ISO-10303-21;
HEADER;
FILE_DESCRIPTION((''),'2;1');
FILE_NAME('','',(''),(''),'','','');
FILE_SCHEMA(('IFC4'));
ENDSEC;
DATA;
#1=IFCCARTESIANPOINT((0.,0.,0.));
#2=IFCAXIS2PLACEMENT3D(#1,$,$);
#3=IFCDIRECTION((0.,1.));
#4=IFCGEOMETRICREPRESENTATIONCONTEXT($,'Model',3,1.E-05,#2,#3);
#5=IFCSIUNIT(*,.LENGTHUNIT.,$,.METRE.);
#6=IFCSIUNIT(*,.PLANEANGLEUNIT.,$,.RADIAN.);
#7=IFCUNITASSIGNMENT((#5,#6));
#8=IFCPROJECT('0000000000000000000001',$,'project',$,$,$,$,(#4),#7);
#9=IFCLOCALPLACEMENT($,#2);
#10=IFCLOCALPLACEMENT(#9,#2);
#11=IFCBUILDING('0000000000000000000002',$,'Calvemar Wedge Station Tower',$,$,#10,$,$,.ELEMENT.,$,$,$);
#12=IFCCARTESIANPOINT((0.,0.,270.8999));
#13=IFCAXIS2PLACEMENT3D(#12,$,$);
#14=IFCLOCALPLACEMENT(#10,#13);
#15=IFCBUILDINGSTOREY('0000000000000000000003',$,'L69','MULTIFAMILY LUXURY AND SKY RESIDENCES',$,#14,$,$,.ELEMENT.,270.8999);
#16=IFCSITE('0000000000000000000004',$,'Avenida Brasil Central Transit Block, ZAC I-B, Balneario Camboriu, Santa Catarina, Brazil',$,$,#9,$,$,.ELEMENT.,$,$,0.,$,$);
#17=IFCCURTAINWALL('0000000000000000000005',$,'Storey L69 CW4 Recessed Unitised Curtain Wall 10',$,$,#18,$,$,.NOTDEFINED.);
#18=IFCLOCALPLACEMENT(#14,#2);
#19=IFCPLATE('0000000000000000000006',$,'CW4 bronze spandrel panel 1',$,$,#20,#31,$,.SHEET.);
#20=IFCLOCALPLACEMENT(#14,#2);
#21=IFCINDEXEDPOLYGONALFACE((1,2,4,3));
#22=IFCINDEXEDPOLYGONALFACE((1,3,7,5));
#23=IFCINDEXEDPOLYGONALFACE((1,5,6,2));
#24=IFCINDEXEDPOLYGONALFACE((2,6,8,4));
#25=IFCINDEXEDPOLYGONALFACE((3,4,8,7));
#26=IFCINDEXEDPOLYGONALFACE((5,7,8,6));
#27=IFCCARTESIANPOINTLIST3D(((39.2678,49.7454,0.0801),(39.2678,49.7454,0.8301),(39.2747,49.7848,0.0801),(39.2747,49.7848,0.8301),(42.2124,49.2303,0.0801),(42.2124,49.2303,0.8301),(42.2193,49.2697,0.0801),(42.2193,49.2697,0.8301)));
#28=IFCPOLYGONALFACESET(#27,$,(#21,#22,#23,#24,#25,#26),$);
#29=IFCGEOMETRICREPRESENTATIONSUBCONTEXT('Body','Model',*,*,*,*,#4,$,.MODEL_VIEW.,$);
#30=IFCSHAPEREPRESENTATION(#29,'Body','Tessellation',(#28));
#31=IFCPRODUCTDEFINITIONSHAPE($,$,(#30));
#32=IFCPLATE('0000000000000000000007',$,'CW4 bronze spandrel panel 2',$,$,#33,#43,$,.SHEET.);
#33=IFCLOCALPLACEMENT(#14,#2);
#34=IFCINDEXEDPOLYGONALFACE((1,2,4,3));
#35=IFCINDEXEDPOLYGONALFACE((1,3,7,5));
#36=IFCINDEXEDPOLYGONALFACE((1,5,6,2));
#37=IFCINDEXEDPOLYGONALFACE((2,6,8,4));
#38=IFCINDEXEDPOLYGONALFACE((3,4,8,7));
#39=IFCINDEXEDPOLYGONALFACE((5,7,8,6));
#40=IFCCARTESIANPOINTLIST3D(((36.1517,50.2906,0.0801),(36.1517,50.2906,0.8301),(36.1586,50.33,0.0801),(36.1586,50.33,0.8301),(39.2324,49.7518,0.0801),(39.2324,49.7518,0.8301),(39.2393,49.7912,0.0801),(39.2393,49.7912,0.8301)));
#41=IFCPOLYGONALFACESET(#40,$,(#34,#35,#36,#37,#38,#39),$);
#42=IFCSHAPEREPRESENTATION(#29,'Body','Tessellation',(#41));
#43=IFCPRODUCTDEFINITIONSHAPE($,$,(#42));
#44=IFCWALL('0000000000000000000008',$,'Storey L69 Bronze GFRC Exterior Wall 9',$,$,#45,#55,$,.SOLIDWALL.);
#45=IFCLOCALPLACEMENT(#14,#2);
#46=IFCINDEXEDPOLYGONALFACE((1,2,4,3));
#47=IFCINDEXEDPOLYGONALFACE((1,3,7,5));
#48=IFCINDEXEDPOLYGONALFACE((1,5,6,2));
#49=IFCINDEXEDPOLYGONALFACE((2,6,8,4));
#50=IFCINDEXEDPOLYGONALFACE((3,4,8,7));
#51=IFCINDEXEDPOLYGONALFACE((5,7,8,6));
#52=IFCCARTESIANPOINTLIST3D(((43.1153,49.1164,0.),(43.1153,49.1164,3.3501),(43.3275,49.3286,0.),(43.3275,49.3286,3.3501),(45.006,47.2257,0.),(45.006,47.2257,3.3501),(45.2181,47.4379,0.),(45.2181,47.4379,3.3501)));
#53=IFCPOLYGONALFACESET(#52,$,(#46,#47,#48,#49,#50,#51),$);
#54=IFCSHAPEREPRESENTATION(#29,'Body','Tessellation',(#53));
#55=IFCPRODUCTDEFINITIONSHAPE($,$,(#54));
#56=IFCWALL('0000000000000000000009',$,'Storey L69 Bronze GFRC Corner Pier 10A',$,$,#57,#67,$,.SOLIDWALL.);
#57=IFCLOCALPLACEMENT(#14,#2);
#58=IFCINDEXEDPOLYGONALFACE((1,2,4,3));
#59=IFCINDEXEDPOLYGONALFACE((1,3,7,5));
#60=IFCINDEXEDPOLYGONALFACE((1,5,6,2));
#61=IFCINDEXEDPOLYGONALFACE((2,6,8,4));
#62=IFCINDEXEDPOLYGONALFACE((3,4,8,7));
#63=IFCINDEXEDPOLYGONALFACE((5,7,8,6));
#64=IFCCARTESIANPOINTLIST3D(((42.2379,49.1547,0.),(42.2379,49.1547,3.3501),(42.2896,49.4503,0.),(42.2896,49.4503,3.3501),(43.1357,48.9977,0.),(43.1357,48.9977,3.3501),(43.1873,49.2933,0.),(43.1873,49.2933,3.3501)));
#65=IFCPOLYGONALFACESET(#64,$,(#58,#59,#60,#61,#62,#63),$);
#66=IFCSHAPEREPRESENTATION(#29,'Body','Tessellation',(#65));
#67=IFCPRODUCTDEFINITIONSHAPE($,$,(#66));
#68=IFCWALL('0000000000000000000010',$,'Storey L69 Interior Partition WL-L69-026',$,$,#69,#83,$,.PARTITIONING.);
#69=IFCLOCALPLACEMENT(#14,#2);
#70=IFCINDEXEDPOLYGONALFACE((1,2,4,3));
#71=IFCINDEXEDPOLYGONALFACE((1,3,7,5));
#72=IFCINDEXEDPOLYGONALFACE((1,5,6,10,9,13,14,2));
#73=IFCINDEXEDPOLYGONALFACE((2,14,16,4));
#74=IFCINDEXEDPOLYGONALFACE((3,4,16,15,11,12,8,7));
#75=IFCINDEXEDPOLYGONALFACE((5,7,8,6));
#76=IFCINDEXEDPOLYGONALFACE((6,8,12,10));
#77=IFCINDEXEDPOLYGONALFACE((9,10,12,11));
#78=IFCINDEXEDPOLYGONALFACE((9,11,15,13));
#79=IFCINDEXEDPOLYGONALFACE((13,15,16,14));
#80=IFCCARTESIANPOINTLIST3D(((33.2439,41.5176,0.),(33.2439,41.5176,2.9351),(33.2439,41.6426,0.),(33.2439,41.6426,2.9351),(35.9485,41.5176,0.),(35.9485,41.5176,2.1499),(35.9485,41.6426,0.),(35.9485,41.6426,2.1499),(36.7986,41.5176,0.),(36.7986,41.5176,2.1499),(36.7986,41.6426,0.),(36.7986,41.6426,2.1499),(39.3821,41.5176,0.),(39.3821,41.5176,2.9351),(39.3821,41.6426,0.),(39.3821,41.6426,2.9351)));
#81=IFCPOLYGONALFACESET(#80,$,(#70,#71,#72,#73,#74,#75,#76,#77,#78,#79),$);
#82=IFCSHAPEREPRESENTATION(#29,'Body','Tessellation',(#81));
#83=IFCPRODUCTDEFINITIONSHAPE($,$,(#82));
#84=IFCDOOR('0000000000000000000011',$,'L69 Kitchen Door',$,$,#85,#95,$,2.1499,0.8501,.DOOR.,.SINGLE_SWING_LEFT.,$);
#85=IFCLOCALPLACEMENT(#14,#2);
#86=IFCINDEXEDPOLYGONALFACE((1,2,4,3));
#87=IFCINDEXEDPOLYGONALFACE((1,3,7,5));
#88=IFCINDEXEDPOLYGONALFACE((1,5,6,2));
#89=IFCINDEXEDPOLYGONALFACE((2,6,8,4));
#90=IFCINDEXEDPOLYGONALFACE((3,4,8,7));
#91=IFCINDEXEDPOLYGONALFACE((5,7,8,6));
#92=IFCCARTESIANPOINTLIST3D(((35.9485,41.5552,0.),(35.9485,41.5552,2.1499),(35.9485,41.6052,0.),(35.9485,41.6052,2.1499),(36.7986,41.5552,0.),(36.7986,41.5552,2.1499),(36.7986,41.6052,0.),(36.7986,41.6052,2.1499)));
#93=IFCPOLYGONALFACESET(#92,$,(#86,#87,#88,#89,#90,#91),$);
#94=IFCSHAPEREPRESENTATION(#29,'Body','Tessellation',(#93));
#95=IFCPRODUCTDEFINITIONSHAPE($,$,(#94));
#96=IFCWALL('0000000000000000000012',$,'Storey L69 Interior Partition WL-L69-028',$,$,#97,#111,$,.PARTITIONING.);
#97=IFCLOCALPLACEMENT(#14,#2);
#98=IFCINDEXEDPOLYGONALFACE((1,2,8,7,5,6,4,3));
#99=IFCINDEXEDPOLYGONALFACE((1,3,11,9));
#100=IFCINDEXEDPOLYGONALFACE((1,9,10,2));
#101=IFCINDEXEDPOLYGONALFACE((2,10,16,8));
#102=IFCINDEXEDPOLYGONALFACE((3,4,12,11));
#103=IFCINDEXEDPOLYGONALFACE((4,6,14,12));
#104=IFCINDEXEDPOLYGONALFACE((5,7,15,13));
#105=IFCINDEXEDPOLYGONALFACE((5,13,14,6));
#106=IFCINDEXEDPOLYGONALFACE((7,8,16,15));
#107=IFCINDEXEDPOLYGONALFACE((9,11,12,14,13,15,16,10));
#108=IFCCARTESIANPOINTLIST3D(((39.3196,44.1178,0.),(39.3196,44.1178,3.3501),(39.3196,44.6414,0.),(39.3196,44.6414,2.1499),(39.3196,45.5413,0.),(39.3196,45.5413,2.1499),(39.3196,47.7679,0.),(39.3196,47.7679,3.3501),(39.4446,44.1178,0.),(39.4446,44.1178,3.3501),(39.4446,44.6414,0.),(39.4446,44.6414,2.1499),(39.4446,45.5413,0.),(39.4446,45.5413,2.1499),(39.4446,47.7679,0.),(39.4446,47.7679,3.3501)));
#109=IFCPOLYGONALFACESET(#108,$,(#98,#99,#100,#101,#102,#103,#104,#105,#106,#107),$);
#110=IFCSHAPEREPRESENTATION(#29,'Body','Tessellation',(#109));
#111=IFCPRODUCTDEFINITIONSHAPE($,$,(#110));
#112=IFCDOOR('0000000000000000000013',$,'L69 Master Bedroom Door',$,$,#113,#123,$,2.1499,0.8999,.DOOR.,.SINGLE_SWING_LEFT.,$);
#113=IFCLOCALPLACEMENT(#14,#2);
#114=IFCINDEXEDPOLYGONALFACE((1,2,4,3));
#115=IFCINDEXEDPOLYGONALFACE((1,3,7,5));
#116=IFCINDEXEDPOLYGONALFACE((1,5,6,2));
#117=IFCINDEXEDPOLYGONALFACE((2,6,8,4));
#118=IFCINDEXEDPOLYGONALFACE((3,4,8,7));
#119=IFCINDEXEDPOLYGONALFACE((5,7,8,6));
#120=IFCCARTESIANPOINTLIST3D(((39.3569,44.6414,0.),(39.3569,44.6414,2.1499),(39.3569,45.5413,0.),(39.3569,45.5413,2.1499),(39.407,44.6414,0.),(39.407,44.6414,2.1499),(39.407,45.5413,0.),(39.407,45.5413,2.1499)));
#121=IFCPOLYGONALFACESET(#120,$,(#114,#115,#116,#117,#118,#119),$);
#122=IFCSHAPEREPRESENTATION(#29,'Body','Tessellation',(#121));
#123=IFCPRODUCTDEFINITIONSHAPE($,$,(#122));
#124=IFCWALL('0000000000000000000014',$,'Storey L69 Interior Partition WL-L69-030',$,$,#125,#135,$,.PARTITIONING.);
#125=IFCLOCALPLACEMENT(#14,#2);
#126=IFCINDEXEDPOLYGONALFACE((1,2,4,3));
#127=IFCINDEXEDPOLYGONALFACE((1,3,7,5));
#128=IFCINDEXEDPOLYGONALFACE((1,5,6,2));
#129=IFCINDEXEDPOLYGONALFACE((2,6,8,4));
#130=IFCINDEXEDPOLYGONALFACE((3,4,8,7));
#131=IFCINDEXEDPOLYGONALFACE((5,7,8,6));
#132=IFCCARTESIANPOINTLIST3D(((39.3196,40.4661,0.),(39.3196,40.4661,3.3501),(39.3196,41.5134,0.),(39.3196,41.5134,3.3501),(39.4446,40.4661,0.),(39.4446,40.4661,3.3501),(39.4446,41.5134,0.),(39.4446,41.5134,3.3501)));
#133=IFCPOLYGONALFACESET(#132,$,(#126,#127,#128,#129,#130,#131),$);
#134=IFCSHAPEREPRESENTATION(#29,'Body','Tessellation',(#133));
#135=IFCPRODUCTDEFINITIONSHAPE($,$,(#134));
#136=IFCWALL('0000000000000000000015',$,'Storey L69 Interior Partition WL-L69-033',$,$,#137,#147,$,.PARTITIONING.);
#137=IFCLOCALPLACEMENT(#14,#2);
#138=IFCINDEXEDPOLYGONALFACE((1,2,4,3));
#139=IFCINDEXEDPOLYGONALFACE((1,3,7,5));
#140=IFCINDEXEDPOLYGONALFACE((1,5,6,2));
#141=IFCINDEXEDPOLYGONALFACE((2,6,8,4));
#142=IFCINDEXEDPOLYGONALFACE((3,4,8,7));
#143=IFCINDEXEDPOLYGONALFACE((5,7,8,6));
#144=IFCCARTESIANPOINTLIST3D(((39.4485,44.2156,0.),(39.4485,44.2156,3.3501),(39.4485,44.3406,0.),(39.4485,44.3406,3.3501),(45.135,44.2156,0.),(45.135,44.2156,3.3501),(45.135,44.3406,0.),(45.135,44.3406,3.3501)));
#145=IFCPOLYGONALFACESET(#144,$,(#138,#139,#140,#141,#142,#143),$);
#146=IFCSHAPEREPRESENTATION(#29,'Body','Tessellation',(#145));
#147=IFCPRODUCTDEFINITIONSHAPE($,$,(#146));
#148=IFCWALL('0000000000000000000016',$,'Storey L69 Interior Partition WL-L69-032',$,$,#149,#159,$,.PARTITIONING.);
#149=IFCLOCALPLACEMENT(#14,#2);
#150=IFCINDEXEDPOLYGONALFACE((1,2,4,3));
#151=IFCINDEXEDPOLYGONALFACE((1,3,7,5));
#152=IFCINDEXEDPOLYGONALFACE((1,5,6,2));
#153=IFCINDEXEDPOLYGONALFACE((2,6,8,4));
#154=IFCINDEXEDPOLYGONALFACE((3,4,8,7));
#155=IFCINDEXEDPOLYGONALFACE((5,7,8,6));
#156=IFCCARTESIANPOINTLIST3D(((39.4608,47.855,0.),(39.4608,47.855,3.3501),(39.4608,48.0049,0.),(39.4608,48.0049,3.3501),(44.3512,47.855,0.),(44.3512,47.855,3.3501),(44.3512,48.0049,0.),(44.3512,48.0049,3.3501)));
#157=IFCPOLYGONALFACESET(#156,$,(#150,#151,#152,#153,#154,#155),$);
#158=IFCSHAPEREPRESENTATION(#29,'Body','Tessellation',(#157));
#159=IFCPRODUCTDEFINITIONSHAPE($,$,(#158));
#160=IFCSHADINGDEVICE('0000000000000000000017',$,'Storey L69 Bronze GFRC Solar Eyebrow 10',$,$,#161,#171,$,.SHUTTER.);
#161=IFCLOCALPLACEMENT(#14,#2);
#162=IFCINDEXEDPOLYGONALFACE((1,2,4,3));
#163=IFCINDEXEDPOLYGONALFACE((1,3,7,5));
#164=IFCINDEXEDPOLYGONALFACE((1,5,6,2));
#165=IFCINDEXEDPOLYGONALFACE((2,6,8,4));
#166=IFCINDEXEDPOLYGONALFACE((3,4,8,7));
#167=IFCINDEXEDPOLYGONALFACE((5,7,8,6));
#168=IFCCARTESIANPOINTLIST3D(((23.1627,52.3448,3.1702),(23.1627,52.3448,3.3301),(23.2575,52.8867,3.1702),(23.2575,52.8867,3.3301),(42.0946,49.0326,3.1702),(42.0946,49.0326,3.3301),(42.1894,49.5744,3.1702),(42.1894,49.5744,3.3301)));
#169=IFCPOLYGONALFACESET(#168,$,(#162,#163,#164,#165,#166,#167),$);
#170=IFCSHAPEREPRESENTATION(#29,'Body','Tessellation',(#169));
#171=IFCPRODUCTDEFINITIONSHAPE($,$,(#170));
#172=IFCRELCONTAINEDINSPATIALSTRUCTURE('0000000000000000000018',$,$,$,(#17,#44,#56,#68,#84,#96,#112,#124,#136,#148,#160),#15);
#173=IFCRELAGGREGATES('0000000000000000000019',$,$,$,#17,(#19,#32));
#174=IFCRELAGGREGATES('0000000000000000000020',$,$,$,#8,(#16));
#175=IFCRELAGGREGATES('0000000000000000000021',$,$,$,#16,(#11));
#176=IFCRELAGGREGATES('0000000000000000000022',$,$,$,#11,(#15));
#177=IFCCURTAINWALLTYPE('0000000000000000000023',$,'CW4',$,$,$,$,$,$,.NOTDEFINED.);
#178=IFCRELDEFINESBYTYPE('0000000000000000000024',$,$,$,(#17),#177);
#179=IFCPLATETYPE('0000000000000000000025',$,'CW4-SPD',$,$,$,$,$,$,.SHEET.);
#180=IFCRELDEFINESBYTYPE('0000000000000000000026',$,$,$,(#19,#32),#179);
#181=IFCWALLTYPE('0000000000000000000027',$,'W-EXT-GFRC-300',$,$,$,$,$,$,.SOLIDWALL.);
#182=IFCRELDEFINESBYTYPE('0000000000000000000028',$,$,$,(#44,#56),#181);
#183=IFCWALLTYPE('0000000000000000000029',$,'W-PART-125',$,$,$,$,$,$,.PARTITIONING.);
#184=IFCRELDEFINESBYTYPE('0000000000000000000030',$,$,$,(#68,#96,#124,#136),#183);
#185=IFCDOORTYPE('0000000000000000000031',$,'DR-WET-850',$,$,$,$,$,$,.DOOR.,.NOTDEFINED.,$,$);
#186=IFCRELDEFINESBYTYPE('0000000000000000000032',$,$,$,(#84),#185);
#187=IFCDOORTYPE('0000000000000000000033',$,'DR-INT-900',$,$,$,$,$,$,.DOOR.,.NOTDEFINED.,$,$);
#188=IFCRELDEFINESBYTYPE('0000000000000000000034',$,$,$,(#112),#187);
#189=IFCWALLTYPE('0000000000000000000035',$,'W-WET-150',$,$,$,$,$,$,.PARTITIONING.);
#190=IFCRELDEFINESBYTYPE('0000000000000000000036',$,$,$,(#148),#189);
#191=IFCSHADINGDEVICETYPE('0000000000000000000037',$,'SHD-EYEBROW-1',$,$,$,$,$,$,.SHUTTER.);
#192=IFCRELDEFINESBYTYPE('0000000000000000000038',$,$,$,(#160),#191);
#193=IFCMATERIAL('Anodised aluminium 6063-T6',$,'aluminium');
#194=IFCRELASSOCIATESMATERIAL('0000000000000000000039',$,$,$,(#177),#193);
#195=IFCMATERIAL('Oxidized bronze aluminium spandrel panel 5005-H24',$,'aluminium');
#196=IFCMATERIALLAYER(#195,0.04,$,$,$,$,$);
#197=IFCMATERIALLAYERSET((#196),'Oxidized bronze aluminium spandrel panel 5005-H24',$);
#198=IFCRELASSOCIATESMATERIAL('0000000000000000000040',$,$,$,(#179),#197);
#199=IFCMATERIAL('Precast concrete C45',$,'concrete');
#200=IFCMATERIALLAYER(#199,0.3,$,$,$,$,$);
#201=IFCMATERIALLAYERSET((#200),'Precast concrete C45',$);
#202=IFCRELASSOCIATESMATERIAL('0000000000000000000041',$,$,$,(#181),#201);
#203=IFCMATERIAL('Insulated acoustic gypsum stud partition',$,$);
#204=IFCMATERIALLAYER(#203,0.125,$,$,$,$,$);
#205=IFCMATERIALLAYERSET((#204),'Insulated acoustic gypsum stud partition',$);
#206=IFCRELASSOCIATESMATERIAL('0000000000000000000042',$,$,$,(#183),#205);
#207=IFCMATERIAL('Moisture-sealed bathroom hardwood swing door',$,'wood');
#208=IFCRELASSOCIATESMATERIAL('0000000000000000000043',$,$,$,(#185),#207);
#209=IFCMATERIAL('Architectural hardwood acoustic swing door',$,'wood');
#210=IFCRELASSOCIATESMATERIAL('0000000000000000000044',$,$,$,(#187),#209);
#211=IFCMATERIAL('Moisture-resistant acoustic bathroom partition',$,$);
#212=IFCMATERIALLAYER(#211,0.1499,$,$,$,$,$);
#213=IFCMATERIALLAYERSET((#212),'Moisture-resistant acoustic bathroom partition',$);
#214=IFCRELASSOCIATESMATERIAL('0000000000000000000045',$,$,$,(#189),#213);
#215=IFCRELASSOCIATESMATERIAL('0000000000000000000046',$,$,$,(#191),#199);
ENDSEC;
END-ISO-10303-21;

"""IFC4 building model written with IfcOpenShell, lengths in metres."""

from ifc_helpers import new_model, si_unit, direction, frame, frame_2d, origin, place, context, subcontext, project, spatial, rectangle, extrude, source, transform, mapped, material, layer, layer_set, type_object, element, fill, aggregate, save


model = new_model("IFC4")

# Units and contexts
model_context = context("Model", 3, precision=1e-05, world=origin(), true_north=direction((0.0, 1.0)))
body_context = subcontext(model_context, "Body", "Model", "MODEL_VIEW")
ifc_project = project(units=[si_unit("LENGTHUNIT", "METRE"), si_unit("PLANEANGLEUNIT", "RADIAN")], contexts=[model_context])

# Site, building, storey
site_placement = place(None, origin())
site = spatial("IfcSite", under=ifc_project, at=site_placement, Name="Avenida Brasil Central Transit Block, ZAC I-B, Balneario Camboriu, Santa Catarina, Brazil", CompositionType="ELEMENT", RefElevation=0.0)
building_placement = place(site_placement, origin())
building = spatial("IfcBuilding", under=site, at=building_placement, Name="Calvemar Wedge Station Tower", CompositionType="ELEMENT")
storey_placement = place(building_placement, frame((0.0, 0.0, 270.8999)))
storey = spatial("IfcBuildingStorey", under=building, at=storey_placement, Name="L69", Description="MULTIFAMILY LUXURY AND SKY RESIDENCES", CompositionType="ELEMENT", Elevation=270.8999)

# Curtain wall, plates
ifc_material_1 = material(Name="Anodised aluminium 6063-T6", Category="aluminium")
curtain_wall_type = type_object("IfcCurtainWallType", Name="CW4", PredefinedType="NOTDEFINED", material=ifc_material_1)
curtain_wall_placement = place(storey_placement, origin())
curtain_wall = element("IfcCurtainWall", 1, at=curtain_wall_placement, inside=storey, type_object=curtain_wall_type, Name="Storey L69 CW4 Recessed Unitised Curtain Wall 10", PredefinedType="NOTDEFINED")
ifc_material_2 = material(Name="Oxidized bronze aluminium spandrel panel 5005-H24", Category="aluminium")
ifc_layer_1 = layer(ifc_material_2, 0.04)
ifc_layer_set_1 = layer_set([ifc_layer_1], Name="Oxidized bronze aluminium spandrel panel 5005-H24")
plate_type_1 = type_object("IfcPlateType", Name="CW4-SPD", PredefinedType="SHEET", material=ifc_layer_set_1)
plate_1_placement = place(storey_placement, frame((42.2158, 49.25, 0.0801), z_axis=(0.0, 0.0, 1.0), x_axis=(-0.98504, 0.172327, 0.0)))
plate_1 = element("IfcPlate", 2, at=plate_1_placement, type_object=plate_type_1, Name="CW4 bronze spandrel panel 1", PredefinedType="SHEET", context=body_context, shape_type="SweptSolid", body=[
    extrude(rectangle(XDim=2.9893, YDim=0.04, at=frame_2d((1.4946, 0.0))), origin(), (0.0, 0.0, 1.0), 0.75),
])
plate_2_placement = place(storey_placement, frame((39.2358, 49.7715, 0.0801), z_axis=(0.0, 0.0, 1.0), x_axis=(-0.985046, 0.172293, 0.0)))
plate_2 = element("IfcPlate", 3, at=plate_2_placement, type_object=plate_type_1, Name="CW4 bronze spandrel panel 2", PredefinedType="SHEET", context=body_context, shape_type="SweptSolid", body=[
    extrude(rectangle(XDim=3.1274, YDim=0.04, at=frame_2d((1.5637, 0.0))), origin(), (0.0, 0.0, 1.0), 0.75),
])
aggregate(curtain_wall, [plate_1, plate_2])

# Walls
ifc_material_3 = material(Name="Precast concrete C45", Category="concrete")
ifc_layer_2 = layer(ifc_material_3, 0.3)
ifc_layer_set_2 = layer_set([ifc_layer_2], Name="Precast concrete C45")
wall_type_1 = type_object("IfcWallType", Name="W-EXT-GFRC-300", PredefinedType="SOLIDWALL", material=ifc_layer_set_2)
wall_1_placement = place(storey_placement, frame((45.1121, 47.3318, 0.0), z_axis=(0.0, 0.0, 1.0), x_axis=(-0.707107, 0.707107, 0.0)))
element("IfcWall", 4, at=wall_1_placement, inside=storey, type_object=wall_type_1, Name="Storey L69 Bronze GFRC Exterior Wall 9", PredefinedType="SOLIDWALL", context=body_context, shape_type="SweptSolid", body=[
    extrude(rectangle(XDim=2.6738, YDim=0.3, at=frame_2d((1.3369, 0.0))), origin(), (0.0, 0.0, 1.0), 3.3501),
])
wall_2_placement = place(storey_placement, frame((43.1614, 49.1455, 0.0), z_axis=(0.0, 0.0, 1.0), x_axis=(-0.985052, 0.172257, 0.0)))
element("IfcWall", 5, at=wall_2_placement, inside=storey, type_object=wall_type_1, Name="Storey L69 Bronze GFRC Corner Pier 10A", PredefinedType="SOLIDWALL", context=body_context, shape_type="SweptSolid", body=[
    extrude(rectangle(XDim=0.9114, YDim=0.3, at=frame_2d((0.4556, 0.0))), origin(), (0.0, 0.0, 1.0), 3.3501),
])

# Walls, openings, doors
ifc_material_4 = material(Name="Insulated acoustic gypsum stud partition")
ifc_layer_3 = layer(ifc_material_4, 0.125)
ifc_layer_set_3 = layer_set([ifc_layer_3], Name="Insulated acoustic gypsum stud partition")
wall_type_2 = type_object("IfcWallType", Name="W-PART-125", PredefinedType="PARTITIONING", material=ifc_layer_set_3)
wall_3_placement = place(storey_placement, frame((39.3821, 41.5801, 0.0), z_axis=(0.0, 0.0, 1.0), x_axis=(-1.0, 0.0, 0.0)))
wall_3 = element("IfcWall", 6, at=wall_3_placement, inside=storey, type_object=wall_type_2, Name="Storey L69 Interior Partition WL-L69-026", PredefinedType="PARTITIONING", context=body_context, shape_type="SweptSolid", body=[
    extrude(rectangle(XDim=6.1382, YDim=0.125, at=frame_2d((3.0691, 0.0))), origin(), (0.0, 0.0, 1.0), 2.9351),
])
shared_shape_1 = source(origin(), body_context, "Body", "SweptSolid", [
    extrude(rectangle(XDim=0.8501, YDim=2.1499, at=frame_2d((0.425, 1.075))), frame((0.0, 0.0725, 0.0), z_axis=(0.0, -1.0, 0.0), x_axis=(1.0, 0.0, 0.0)), (0.0, 0.0, 1.0), 0.145),
])
opening_1_placement = place(wall_3_placement, frame((2.5835, 0.0, 0.0)))
opening_1 = element("IfcOpeningElement", 7, at=opening_1_placement, cuts=wall_3, PredefinedType="OPENING", context=body_context, shape_type="MappedRepresentation", body=[
    mapped(shared_shape_1, transform((0.0, 0.0, 0.0), scale=1.0)),
])
ifc_material_5 = material(Name="Moisture-sealed bathroom hardwood swing door", Category="wood")
door_type_1 = type_object("IfcDoorType", Name="DR-WET-850", OperationType="NOTDEFINED", PredefinedType="DOOR", material=ifc_material_5)
shared_shape_2 = source(origin(), body_context, "Body", "SweptSolid", [
    extrude(rectangle(XDim=0.8501, YDim=2.1499, at=frame_2d((0.425, 1.075))), frame((0.0, 0.0249, 0.0), z_axis=(0.0, -1.0, 0.0), x_axis=(1.0, 0.0, 0.0)), (0.0, 0.0, 1.0), 0.05),
])
door_1_placement = place(opening_1_placement, origin())
door_1 = element("IfcDoor", 8, at=door_1_placement, inside=storey, type_object=door_type_1, Name="L69 Kitchen Door", OperationType="SINGLE_SWING_LEFT", OverallHeight=2.1499, OverallWidth=0.8501, PredefinedType="DOOR", context=body_context, shape_type="MappedRepresentation", body=[
    mapped(shared_shape_2, transform((0.0, 0.0, 0.0), scale=1.0)),
])
fill(opening_1, door_1)
wall_4_placement = place(storey_placement, frame((39.3821, 47.7681, 0.0), z_axis=(0.0, 0.0, 1.0), x_axis=(0.0, -1.0, 0.0)))
wall_4 = element("IfcWall", 9, at=wall_4_placement, inside=storey, type_object=wall_type_2, Name="Storey L69 Interior Partition WL-L69-028", PredefinedType="PARTITIONING", context=body_context, shape_type="SweptSolid", body=[
    extrude(rectangle(XDim=3.6501, YDim=0.125, at=frame_2d((1.8252, 0.0))), origin(), (0.0, 0.0, 1.0), 3.3501),
])
shared_shape_3 = source(origin(), body_context, "Body", "SweptSolid", [
    extrude(rectangle(XDim=0.8999, YDim=2.1499, at=frame_2d((0.45, 1.075))), frame((0.0, 0.0725, 0.0), z_axis=(0.0, -1.0, 0.0), x_axis=(1.0, 0.0, 0.0)), (0.0, 0.0, 1.0), 0.145),
])
opening_2_placement = place(wall_4_placement, frame((2.2268, 0.0, 0.0)))
opening_2 = element("IfcOpeningElement", 10, at=opening_2_placement, cuts=wall_4, PredefinedType="OPENING", context=body_context, shape_type="MappedRepresentation", body=[
    mapped(shared_shape_3, transform((0.0, 0.0, 0.0), scale=1.0)),
])
ifc_material_6 = material(Name="Architectural hardwood acoustic swing door", Category="wood")
door_type_2 = type_object("IfcDoorType", Name="DR-INT-900", OperationType="NOTDEFINED", PredefinedType="DOOR", material=ifc_material_6)
shared_shape_4 = source(origin(), body_context, "Body", "SweptSolid", [
    extrude(rectangle(XDim=0.8999, YDim=2.1499, at=frame_2d((0.45, 1.075))), frame((0.0, 0.0249, 0.0), z_axis=(0.0, -1.0, 0.0), x_axis=(1.0, 0.0, 0.0)), (0.0, 0.0, 1.0), 0.05),
])
door_2_placement = place(opening_2_placement, origin())
door_2 = element("IfcDoor", 11, at=door_2_placement, inside=storey, type_object=door_type_2, Name="L69 Master Bedroom Door", OperationType="SINGLE_SWING_LEFT", OverallHeight=2.1499, OverallWidth=0.8999, PredefinedType="DOOR", context=body_context, shape_type="MappedRepresentation", body=[
    mapped(shared_shape_4, transform((0.0, 0.0, 0.0), scale=1.0)),
])
fill(opening_2, door_2)

# Walls
wall_5_placement = place(storey_placement, frame((39.3821, 41.5134, 0.0), z_axis=(0.0, 0.0, 1.0), x_axis=(0.0, -1.0, 0.0)))
element("IfcWall", 12, at=wall_5_placement, inside=storey, type_object=wall_type_2, Name="Storey L69 Interior Partition WL-L69-030", PredefinedType="PARTITIONING", context=body_context, shape_type="SweptSolid", body=[
    extrude(rectangle(XDim=1.0474, YDim=0.125, at=frame_2d((0.5237, 0.0))), origin(), (0.0, 0.0, 1.0), 3.3501),
])
wall_6_placement = place(storey_placement, frame((45.135, 44.2781, 0.0), z_axis=(0.0, 0.0, 1.0), x_axis=(-1.0, 0.0, 0.0)))
element("IfcWall", 13, at=wall_6_placement, inside=storey, type_object=wall_type_2, Name="Storey L69 Interior Partition WL-L69-033", PredefinedType="PARTITIONING", context=body_context, shape_type="SweptSolid", body=[
    extrude(rectangle(XDim=5.6865, YDim=0.125, at=frame_2d((2.8433, 0.0))), origin(), (0.0, 0.0, 1.0), 3.3501),
])

# Shared definitions
ifc_material_7 = material(Name="Moisture-resistant acoustic bathroom partition")
ifc_layer_4 = layer(ifc_material_7, 0.1499)
ifc_layer_set_4 = layer_set([ifc_layer_4], Name="Moisture-resistant acoustic bathroom partition")
wall_type_3 = type_object("IfcWallType", Name="W-WET-150", PredefinedType="PARTITIONING", material=ifc_layer_set_4)

# Wall
wall_7_placement = place(storey_placement, frame((44.3513, 47.9299, 0.0), z_axis=(0.0, 0.0, 1.0), x_axis=(-1.0, 0.0, 0.0)))
element("IfcWall", 14, at=wall_7_placement, inside=storey, type_object=wall_type_3, Name="Storey L69 Interior Partition WL-L69-032", PredefinedType="PARTITIONING", context=body_context, shape_type="SweptSolid", body=[
    extrude(rectangle(XDim=4.8904, YDim=0.1499, at=frame_2d((2.4453, 0.0))), origin(), (0.0, 0.0, 1.0), 3.3501),
])

# Shading device
shading_device_type = type_object("IfcShadingDeviceType", Name="SHD-EYEBROW-1", PredefinedType="SHUTTER", material=ifc_material_3)
shading_device_placement = place(storey_placement, frame((42.1421, 49.3035, 3.1702), z_axis=(0.0, 0.0, 1.0), x_axis=(-0.985038, 0.172339, 0.0)))
element("IfcShadingDevice", 15, at=shading_device_placement, inside=storey, type_object=shading_device_type, Name="Storey L69 Bronze GFRC Solar Eyebrow 10", PredefinedType="SHUTTER", context=body_context, shape_type="SweptSolid", body=[
    extrude(rectangle(XDim=19.2195, YDim=0.55, at=frame_2d((9.6099, 0.0))), origin(), (0.0, 0.0, 1.0), 0.1599),
])

save(model, "model.ifc")
